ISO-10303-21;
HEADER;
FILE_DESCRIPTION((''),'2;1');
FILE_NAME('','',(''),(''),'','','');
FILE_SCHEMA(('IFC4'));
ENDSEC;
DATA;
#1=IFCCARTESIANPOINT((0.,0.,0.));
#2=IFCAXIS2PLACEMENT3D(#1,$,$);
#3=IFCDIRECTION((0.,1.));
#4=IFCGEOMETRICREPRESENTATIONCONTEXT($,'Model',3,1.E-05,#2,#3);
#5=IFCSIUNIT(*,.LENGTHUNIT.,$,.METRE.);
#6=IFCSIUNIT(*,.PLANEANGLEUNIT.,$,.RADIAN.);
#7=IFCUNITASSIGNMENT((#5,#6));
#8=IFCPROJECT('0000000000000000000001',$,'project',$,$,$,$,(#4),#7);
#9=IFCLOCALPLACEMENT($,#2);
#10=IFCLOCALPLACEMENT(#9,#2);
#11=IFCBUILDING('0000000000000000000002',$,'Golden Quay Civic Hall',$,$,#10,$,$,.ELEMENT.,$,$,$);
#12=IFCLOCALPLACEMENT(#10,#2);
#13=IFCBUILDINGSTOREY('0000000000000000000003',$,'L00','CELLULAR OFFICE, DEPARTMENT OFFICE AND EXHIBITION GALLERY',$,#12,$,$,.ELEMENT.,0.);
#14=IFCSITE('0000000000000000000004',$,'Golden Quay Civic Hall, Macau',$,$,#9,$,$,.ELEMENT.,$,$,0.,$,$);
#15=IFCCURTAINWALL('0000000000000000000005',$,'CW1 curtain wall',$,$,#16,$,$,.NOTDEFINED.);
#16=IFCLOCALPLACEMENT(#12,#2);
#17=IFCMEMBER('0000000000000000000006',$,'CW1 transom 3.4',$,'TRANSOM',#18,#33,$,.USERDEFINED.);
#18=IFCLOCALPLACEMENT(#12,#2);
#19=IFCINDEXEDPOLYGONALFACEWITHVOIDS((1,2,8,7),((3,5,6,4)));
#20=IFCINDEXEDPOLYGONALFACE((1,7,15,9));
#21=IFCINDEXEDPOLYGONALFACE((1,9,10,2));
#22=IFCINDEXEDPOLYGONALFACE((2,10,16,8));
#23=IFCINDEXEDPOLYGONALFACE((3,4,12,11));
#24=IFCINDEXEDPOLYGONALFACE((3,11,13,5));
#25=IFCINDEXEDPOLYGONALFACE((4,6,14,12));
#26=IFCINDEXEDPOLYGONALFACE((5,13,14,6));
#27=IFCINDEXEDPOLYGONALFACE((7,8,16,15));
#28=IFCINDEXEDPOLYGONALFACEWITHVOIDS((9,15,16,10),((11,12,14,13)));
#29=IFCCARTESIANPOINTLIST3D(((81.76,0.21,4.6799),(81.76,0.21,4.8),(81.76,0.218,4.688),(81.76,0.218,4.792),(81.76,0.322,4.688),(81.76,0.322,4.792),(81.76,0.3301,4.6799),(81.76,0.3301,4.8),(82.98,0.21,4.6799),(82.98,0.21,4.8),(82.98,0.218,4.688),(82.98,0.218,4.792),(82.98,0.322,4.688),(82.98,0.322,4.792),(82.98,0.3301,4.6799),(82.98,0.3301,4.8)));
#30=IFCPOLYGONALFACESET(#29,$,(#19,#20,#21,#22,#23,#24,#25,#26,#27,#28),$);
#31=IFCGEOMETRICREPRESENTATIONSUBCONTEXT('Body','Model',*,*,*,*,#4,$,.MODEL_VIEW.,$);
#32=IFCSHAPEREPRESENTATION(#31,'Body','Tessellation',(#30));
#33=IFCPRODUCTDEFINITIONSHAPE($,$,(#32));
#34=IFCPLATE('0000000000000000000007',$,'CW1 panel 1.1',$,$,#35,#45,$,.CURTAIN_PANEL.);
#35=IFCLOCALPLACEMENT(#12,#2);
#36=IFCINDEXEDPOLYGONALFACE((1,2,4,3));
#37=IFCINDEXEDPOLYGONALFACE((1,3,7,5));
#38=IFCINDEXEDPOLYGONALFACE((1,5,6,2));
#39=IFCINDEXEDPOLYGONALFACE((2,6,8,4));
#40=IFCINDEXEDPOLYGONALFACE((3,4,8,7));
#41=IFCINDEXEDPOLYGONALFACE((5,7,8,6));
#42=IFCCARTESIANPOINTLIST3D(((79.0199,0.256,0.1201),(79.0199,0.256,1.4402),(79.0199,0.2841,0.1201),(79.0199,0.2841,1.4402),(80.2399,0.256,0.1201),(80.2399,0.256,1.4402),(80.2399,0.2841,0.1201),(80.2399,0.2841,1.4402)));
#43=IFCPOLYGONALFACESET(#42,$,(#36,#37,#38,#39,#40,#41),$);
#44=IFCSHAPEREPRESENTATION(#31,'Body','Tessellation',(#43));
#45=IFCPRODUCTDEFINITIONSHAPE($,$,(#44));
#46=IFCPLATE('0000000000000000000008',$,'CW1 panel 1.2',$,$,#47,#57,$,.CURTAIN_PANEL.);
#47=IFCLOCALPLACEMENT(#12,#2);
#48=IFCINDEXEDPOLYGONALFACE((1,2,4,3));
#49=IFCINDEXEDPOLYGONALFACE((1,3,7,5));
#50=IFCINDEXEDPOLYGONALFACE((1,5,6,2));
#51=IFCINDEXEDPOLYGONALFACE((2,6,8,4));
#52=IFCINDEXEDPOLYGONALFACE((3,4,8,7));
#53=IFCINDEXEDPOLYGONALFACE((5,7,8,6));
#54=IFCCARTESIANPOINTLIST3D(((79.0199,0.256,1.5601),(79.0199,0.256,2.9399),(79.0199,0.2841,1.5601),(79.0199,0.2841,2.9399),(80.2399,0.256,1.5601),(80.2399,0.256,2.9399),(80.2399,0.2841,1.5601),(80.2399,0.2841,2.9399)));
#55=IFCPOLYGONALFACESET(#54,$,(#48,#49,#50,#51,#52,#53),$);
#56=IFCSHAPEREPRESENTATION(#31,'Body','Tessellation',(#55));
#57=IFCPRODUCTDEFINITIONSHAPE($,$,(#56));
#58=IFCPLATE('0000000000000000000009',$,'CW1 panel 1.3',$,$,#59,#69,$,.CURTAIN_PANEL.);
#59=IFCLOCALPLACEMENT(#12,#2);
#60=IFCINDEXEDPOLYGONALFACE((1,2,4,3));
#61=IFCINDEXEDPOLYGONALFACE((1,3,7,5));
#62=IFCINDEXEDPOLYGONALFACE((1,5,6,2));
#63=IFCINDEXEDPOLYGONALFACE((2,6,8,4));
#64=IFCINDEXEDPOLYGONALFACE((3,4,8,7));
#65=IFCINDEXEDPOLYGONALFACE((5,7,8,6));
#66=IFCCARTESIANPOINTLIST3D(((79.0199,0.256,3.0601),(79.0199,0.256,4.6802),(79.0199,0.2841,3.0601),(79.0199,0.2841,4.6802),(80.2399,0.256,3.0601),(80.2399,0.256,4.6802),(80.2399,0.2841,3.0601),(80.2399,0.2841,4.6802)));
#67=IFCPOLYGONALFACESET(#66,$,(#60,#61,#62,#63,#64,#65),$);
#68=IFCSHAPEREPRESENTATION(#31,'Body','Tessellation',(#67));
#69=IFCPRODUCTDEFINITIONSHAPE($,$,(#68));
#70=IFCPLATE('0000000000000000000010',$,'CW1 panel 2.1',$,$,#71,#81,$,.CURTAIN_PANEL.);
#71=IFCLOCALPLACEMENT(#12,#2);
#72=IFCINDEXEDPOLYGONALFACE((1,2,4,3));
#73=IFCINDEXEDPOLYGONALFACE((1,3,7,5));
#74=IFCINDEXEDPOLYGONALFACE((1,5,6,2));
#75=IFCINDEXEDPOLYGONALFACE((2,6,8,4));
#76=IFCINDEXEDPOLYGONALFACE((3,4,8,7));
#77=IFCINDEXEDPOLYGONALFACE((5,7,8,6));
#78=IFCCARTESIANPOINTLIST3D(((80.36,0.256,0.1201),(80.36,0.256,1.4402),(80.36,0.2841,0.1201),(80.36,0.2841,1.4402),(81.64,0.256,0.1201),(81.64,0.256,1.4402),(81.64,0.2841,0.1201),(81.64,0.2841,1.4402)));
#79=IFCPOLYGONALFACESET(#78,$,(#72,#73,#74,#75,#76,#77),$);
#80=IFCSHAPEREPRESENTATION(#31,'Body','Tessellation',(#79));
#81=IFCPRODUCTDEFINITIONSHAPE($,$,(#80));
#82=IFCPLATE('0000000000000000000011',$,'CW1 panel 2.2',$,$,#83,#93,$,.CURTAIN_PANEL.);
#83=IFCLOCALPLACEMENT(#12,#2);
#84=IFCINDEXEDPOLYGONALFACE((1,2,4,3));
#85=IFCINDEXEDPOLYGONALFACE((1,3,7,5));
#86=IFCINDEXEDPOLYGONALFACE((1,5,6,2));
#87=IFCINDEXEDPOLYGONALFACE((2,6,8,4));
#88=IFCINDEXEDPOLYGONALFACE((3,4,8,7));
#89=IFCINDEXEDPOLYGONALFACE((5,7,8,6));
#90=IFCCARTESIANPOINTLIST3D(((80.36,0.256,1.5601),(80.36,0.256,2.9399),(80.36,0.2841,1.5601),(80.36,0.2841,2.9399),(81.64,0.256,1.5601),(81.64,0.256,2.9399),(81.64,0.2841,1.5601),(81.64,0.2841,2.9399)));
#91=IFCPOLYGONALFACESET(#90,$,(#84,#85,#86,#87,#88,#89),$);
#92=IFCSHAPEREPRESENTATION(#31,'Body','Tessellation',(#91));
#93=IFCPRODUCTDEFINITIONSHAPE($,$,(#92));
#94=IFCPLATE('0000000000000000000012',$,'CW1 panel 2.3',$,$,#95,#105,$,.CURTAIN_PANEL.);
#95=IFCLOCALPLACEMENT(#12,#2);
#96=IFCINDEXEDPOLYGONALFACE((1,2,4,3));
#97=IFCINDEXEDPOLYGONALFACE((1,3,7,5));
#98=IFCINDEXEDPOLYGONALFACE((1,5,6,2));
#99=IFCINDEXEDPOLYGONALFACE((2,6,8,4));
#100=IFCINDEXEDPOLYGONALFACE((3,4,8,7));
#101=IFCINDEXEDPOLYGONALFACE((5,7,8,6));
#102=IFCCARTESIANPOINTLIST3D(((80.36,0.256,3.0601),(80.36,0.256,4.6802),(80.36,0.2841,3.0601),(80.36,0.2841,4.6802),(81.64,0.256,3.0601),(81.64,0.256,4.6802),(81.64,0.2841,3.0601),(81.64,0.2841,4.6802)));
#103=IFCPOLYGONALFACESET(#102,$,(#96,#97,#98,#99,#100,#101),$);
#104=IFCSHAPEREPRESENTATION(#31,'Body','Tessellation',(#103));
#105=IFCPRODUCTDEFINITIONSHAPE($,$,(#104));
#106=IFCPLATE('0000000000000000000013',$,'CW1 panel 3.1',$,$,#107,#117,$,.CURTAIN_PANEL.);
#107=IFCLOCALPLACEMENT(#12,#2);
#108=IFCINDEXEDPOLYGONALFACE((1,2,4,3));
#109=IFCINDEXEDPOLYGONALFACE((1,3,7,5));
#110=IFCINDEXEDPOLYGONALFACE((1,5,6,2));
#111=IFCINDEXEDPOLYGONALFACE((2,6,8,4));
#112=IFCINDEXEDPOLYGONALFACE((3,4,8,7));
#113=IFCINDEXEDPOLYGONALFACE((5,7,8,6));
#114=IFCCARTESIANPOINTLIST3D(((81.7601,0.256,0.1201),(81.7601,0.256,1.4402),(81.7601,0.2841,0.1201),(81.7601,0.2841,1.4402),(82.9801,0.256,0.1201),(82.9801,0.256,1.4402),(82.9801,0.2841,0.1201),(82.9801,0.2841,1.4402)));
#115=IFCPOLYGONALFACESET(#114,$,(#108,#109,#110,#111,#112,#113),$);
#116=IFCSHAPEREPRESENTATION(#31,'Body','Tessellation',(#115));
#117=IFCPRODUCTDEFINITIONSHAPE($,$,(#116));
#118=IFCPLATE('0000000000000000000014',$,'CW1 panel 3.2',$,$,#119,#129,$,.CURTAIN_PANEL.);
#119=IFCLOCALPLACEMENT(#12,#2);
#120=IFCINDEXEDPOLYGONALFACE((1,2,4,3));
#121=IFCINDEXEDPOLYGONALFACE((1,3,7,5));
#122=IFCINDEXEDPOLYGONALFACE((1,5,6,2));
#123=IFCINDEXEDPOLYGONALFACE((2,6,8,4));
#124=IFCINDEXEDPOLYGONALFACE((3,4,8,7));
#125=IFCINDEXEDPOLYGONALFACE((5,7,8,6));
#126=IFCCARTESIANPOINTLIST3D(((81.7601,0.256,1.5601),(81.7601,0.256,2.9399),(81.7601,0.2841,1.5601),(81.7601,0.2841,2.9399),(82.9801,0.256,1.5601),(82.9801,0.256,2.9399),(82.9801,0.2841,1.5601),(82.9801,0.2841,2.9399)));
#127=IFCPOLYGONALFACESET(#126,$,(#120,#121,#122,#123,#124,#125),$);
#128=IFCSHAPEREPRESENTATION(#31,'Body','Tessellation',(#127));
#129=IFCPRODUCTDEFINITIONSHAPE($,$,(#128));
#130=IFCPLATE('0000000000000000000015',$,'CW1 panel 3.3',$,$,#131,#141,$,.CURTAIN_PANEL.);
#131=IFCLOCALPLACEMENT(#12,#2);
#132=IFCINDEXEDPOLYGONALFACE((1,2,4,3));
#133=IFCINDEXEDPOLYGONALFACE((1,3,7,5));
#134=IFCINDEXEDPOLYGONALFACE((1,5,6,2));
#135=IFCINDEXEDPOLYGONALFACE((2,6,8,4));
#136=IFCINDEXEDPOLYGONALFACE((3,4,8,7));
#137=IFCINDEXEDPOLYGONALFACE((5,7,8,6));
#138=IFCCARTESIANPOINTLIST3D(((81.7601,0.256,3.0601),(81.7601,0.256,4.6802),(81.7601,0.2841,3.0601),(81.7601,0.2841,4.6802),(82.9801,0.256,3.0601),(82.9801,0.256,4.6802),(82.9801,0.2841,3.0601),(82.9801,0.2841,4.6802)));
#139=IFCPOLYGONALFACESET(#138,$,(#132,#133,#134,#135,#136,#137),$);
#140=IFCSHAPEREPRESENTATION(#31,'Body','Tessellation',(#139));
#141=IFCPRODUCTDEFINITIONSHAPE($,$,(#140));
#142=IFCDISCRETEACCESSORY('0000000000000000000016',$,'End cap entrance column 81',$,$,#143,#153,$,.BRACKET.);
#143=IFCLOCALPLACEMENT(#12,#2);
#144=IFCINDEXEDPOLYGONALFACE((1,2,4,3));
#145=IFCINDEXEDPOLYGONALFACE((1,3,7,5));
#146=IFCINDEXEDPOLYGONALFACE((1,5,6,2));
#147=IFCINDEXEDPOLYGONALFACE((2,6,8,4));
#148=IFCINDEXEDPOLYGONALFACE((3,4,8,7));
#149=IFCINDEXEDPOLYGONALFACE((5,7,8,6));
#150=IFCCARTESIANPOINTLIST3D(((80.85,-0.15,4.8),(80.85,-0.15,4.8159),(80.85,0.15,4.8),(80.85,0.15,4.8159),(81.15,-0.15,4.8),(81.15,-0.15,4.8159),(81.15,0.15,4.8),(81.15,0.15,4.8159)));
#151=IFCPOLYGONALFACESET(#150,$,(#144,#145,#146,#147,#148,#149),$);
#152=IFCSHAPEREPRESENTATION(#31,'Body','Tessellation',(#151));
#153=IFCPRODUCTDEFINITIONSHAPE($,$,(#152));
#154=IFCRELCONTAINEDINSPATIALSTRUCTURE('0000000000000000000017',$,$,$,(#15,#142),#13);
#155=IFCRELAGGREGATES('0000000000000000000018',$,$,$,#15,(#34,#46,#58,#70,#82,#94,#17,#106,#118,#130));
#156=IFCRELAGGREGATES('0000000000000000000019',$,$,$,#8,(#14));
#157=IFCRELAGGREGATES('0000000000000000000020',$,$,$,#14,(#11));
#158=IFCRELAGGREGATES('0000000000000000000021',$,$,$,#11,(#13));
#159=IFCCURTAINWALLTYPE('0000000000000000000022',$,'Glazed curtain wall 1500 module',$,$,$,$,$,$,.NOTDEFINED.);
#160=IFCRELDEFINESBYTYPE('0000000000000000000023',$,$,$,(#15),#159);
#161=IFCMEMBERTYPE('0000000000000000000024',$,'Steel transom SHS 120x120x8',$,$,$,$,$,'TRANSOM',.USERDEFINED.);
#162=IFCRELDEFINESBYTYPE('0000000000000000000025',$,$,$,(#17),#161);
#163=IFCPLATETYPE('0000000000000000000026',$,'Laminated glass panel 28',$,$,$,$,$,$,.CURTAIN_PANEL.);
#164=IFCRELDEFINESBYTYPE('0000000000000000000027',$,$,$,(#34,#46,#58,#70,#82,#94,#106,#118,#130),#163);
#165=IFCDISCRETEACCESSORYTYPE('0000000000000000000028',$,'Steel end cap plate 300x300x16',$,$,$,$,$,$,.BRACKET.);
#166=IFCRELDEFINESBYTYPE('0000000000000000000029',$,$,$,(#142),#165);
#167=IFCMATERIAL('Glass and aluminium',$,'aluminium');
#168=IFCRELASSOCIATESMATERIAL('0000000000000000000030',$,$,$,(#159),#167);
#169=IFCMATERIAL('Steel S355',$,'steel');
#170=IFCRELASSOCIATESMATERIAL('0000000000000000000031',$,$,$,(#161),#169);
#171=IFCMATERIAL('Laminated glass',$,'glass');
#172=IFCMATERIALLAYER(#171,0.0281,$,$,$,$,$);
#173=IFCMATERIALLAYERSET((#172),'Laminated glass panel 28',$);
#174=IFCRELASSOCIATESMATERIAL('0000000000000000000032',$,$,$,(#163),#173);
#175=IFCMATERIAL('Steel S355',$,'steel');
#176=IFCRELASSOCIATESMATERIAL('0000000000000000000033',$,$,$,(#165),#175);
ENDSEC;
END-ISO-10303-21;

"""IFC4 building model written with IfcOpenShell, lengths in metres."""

from ifc_helpers import new_model, si_unit, direction, frame, origin, origin_2d, place, context, subcontext, project, spatial, rectangle, hollow_rectangle, extrude, material, layer, layer_set, material_profile, profile_set, type_object, element, aggregate, save


model = new_model("IFC4")

# Units and contexts
model_context = context("Model", 3, precision=1e-05, world=origin(), true_north=direction((0.0, 1.0)))
body_context = subcontext(model_context, "Body", "Model", "MODEL_VIEW")
ifc_project = project(units=[si_unit("LENGTHUNIT", "METRE"), si_unit("PLANEANGLEUNIT", "RADIAN")], contexts=[model_context])

# Site, building, storey
site_placement = place(None, origin())
site = spatial("IfcSite", under=ifc_project, at=site_placement, Name="Golden Quay Civic Hall, Macau", CompositionType="ELEMENT", RefElevation=0.0)
building_placement = place(site_placement, origin())
building = spatial("IfcBuilding", under=site, at=building_placement, Name="Golden Quay Civic Hall", CompositionType="ELEMENT")
storey_placement = place(building_placement, origin())
storey = spatial("IfcBuildingStorey", under=building, at=storey_placement, Name="L00", Description="CELLULAR OFFICE, DEPARTMENT OFFICE AND EXHIBITION GALLERY", CompositionType="ELEMENT", Elevation=0.0)

# Curtain wall, member, plates
ifc_material_1 = material(Name="Glass and aluminium", Category="aluminium")
curtain_wall_type = type_object("IfcCurtainWallType", Name="Glazed curtain wall 1500 module", PredefinedType="NOTDEFINED", material=ifc_material_1)
curtain_wall_placement = place(storey_placement, origin())
curtain_wall = element("IfcCurtainWall", 1, at=curtain_wall_placement, inside=storey, type_object=curtain_wall_type, Name="CW1 curtain wall", PredefinedType="NOTDEFINED")
ifc_material_2 = material(Name="Steel S355", Category="steel")
ifc_material_profile_1 = material_profile(ifc_material_2, hollow_rectangle(XDim=0.1201, YDim=0.1201, WallThickness=0.0081, at=origin_2d()), Name="SHS 120x120x8")
ifc_profile_set_1 = profile_set([ifc_material_profile_1], Name="Steel S355")
member_type_1 = type_object("IfcMemberType", Name="Steel transom SHS 120x120x8", ElementType="TRANSOM", PredefinedType="USERDEFINED", material=ifc_profile_set_1)
member_1_placement = place(storey_placement, frame((81.76, 0.27, 4.74), z_axis=(1.0, 0.0, 0.0), x_axis=(0.0, 1.0, 0.0)))
member_1 = element("IfcMember", 2, at=member_1_placement, type_object=member_type_1, Name="CW1 transom 3.4", ObjectType="TRANSOM", PredefinedType="USERDEFINED", context=body_context, shape_type="SweptSolid", body=[
    extrude(hollow_rectangle(XDim=0.1201, YDim=0.1201, WallThickness=0.0081, at=origin_2d()), origin(), (0.0, 0.0, 1.0), 1.22),
])
ifc_material_3 = material(Name="Laminated glass", Category="glass")
ifc_layer_1 = layer(ifc_material_3, 0.0281)
ifc_layer_set_1 = layer_set([ifc_layer_1], Name="Laminated glass panel 28")
plate_type = type_object("IfcPlateType", Name="Laminated glass panel 28", PredefinedType="CURTAIN_PANEL", material=ifc_layer_set_1)
plate_1_placement = place(storey_placement, frame((79.6299, 0.27, 0.1201), z_axis=(0.0, 0.0, 1.0), x_axis=(1.0, 0.0, 0.0)))
plate_1 = element("IfcPlate", 3, at=plate_1_placement, type_object=plate_type, Name="CW1 panel 1.1", PredefinedType="CURTAIN_PANEL", context=body_context, shape_type="SweptSolid", body=[
    extrude(rectangle(XDim=1.22, YDim=0.0281, at=origin_2d()), origin(), (0.0, 0.0, 1.0), 1.3201),
])
plate_2_placement = place(storey_placement, frame((79.6299, 0.27, 1.5601), z_axis=(0.0, 0.0, 1.0), x_axis=(1.0, 0.0, 0.0)))
plate_2 = element("IfcPlate", 4, at=plate_2_placement, type_object=plate_type, Name="CW1 panel 1.2", PredefinedType="CURTAIN_PANEL", context=body_context, shape_type="SweptSolid", body=[
    extrude(rectangle(XDim=1.22, YDim=0.0281, at=origin_2d()), origin(), (0.0, 0.0, 1.0), 1.3799),
])
plate_3_placement = place(storey_placement, frame((79.6299, 0.27, 3.0601), z_axis=(0.0, 0.0, 1.0), x_axis=(1.0, 0.0, 0.0)))
plate_3 = element("IfcPlate", 5, at=plate_3_placement, type_object=plate_type, Name="CW1 panel 1.3", PredefinedType="CURTAIN_PANEL", context=body_context, shape_type="SweptSolid", body=[
    extrude(rectangle(XDim=1.22, YDim=0.0281, at=origin_2d()), origin(), (0.0, 0.0, 1.0), 1.6201),
])
plate_4_placement = place(storey_placement, frame((81.0, 0.27, 0.1201), z_axis=(0.0, 0.0, 1.0), x_axis=(1.0, 0.0, 0.0)))
plate_4 = element("IfcPlate", 6, at=plate_4_placement, type_object=plate_type, Name="CW1 panel 2.1", PredefinedType="CURTAIN_PANEL", context=body_context, shape_type="SweptSolid", body=[
    extrude(rectangle(XDim=1.28, YDim=0.0281, at=origin_2d()), origin(), (0.0, 0.0, 1.0), 1.3201),
])
plate_5_placement = place(storey_placement, frame((81.0, 0.27, 1.5601), z_axis=(0.0, 0.0, 1.0), x_axis=(1.0, 0.0, 0.0)))
plate_5 = element("IfcPlate", 7, at=plate_5_placement, type_object=plate_type, Name="CW1 panel 2.2", PredefinedType="CURTAIN_PANEL", context=body_context, shape_type="SweptSolid", body=[
    extrude(rectangle(XDim=1.28, YDim=0.0281, at=origin_2d()), origin(), (0.0, 0.0, 1.0), 1.3799),
])
plate_6_placement = place(storey_placement, frame((81.0, 0.27, 3.0601), z_axis=(0.0, 0.0, 1.0), x_axis=(1.0, 0.0, 0.0)))
plate_6 = element("IfcPlate", 8, at=plate_6_placement, type_object=plate_type, Name="CW1 panel 2.3", PredefinedType="CURTAIN_PANEL", context=body_context, shape_type="SweptSolid", body=[
    extrude(rectangle(XDim=1.28, YDim=0.0281, at=origin_2d()), origin(), (0.0, 0.0, 1.0), 1.6201),
])
plate_7_placement = place(storey_placement, frame((82.3701, 0.27, 0.1201), z_axis=(0.0, 0.0, 1.0), x_axis=(1.0, 0.0, 0.0)))
plate_7 = element("IfcPlate", 9, at=plate_7_placement, type_object=plate_type, Name="CW1 panel 3.1", PredefinedType="CURTAIN_PANEL", context=body_context, shape_type="SweptSolid", body=[
    extrude(rectangle(XDim=1.22, YDim=0.0281, at=origin_2d()), origin(), (0.0, 0.0, 1.0), 1.3201),
])
plate_8_placement = place(storey_placement, frame((82.3701, 0.27, 1.5601), z_axis=(0.0, 0.0, 1.0), x_axis=(1.0, 0.0, 0.0)))
plate_8 = element("IfcPlate", 10, at=plate_8_placement, type_object=plate_type, Name="CW1 panel 3.2", PredefinedType="CURTAIN_PANEL", context=body_context, shape_type="SweptSolid", body=[
    extrude(rectangle(XDim=1.22, YDim=0.0281, at=origin_2d()), origin(), (0.0, 0.0, 1.0), 1.3799),
])
plate_9_placement = place(storey_placement, frame((82.3701, 0.27, 3.0601), z_axis=(0.0, 0.0, 1.0), x_axis=(1.0, 0.0, 0.0)))
plate_9 = element("IfcPlate", 11, at=plate_9_placement, type_object=plate_type, Name="CW1 panel 3.3", PredefinedType="CURTAIN_PANEL", context=body_context, shape_type="SweptSolid", body=[
    extrude(rectangle(XDim=1.22, YDim=0.0281, at=origin_2d()), origin(), (0.0, 0.0, 1.0), 1.6201),
])
aggregate(curtain_wall, [plate_1, plate_2, plate_3, plate_4, plate_5, plate_6, member_1, plate_7, plate_8, plate_9])

# Discrete accessory
ifc_material_4 = material(Name="Steel S355", Category="steel")
ifc_material_profile_2 = material_profile(ifc_material_4, rectangle(XDim=0.3, YDim=0.3, at=origin_2d()), Name="Steel end cap plate 300x300x16")
ifc_profile_set_2 = profile_set([ifc_material_profile_2], Name="Steel S355")
discrete_accessory_type = type_object("IfcDiscreteAccessoryType", Name="Steel end cap plate 300x300x16", PredefinedType="BRACKET", material=ifc_profile_set_2)
discrete_accessory_placement = place(storey_placement, frame((81.0, 0.0, 4.8), z_axis=(0.0, 0.0, 1.0), x_axis=(1.0, 0.0, 0.0)))
element("IfcDiscreteAccessory", 12, at=discrete_accessory_placement, inside=storey, type_object=discrete_accessory_type, Name="End cap entrance column 81", PredefinedType="BRACKET", context=body_context, shape_type="SweptSolid", body=[
    extrude(rectangle(XDim=0.3, YDim=0.3, at=origin_2d()), origin(), (0.0, 0.0, 1.0), 0.0159),
])

save(model, "model.ifc")
